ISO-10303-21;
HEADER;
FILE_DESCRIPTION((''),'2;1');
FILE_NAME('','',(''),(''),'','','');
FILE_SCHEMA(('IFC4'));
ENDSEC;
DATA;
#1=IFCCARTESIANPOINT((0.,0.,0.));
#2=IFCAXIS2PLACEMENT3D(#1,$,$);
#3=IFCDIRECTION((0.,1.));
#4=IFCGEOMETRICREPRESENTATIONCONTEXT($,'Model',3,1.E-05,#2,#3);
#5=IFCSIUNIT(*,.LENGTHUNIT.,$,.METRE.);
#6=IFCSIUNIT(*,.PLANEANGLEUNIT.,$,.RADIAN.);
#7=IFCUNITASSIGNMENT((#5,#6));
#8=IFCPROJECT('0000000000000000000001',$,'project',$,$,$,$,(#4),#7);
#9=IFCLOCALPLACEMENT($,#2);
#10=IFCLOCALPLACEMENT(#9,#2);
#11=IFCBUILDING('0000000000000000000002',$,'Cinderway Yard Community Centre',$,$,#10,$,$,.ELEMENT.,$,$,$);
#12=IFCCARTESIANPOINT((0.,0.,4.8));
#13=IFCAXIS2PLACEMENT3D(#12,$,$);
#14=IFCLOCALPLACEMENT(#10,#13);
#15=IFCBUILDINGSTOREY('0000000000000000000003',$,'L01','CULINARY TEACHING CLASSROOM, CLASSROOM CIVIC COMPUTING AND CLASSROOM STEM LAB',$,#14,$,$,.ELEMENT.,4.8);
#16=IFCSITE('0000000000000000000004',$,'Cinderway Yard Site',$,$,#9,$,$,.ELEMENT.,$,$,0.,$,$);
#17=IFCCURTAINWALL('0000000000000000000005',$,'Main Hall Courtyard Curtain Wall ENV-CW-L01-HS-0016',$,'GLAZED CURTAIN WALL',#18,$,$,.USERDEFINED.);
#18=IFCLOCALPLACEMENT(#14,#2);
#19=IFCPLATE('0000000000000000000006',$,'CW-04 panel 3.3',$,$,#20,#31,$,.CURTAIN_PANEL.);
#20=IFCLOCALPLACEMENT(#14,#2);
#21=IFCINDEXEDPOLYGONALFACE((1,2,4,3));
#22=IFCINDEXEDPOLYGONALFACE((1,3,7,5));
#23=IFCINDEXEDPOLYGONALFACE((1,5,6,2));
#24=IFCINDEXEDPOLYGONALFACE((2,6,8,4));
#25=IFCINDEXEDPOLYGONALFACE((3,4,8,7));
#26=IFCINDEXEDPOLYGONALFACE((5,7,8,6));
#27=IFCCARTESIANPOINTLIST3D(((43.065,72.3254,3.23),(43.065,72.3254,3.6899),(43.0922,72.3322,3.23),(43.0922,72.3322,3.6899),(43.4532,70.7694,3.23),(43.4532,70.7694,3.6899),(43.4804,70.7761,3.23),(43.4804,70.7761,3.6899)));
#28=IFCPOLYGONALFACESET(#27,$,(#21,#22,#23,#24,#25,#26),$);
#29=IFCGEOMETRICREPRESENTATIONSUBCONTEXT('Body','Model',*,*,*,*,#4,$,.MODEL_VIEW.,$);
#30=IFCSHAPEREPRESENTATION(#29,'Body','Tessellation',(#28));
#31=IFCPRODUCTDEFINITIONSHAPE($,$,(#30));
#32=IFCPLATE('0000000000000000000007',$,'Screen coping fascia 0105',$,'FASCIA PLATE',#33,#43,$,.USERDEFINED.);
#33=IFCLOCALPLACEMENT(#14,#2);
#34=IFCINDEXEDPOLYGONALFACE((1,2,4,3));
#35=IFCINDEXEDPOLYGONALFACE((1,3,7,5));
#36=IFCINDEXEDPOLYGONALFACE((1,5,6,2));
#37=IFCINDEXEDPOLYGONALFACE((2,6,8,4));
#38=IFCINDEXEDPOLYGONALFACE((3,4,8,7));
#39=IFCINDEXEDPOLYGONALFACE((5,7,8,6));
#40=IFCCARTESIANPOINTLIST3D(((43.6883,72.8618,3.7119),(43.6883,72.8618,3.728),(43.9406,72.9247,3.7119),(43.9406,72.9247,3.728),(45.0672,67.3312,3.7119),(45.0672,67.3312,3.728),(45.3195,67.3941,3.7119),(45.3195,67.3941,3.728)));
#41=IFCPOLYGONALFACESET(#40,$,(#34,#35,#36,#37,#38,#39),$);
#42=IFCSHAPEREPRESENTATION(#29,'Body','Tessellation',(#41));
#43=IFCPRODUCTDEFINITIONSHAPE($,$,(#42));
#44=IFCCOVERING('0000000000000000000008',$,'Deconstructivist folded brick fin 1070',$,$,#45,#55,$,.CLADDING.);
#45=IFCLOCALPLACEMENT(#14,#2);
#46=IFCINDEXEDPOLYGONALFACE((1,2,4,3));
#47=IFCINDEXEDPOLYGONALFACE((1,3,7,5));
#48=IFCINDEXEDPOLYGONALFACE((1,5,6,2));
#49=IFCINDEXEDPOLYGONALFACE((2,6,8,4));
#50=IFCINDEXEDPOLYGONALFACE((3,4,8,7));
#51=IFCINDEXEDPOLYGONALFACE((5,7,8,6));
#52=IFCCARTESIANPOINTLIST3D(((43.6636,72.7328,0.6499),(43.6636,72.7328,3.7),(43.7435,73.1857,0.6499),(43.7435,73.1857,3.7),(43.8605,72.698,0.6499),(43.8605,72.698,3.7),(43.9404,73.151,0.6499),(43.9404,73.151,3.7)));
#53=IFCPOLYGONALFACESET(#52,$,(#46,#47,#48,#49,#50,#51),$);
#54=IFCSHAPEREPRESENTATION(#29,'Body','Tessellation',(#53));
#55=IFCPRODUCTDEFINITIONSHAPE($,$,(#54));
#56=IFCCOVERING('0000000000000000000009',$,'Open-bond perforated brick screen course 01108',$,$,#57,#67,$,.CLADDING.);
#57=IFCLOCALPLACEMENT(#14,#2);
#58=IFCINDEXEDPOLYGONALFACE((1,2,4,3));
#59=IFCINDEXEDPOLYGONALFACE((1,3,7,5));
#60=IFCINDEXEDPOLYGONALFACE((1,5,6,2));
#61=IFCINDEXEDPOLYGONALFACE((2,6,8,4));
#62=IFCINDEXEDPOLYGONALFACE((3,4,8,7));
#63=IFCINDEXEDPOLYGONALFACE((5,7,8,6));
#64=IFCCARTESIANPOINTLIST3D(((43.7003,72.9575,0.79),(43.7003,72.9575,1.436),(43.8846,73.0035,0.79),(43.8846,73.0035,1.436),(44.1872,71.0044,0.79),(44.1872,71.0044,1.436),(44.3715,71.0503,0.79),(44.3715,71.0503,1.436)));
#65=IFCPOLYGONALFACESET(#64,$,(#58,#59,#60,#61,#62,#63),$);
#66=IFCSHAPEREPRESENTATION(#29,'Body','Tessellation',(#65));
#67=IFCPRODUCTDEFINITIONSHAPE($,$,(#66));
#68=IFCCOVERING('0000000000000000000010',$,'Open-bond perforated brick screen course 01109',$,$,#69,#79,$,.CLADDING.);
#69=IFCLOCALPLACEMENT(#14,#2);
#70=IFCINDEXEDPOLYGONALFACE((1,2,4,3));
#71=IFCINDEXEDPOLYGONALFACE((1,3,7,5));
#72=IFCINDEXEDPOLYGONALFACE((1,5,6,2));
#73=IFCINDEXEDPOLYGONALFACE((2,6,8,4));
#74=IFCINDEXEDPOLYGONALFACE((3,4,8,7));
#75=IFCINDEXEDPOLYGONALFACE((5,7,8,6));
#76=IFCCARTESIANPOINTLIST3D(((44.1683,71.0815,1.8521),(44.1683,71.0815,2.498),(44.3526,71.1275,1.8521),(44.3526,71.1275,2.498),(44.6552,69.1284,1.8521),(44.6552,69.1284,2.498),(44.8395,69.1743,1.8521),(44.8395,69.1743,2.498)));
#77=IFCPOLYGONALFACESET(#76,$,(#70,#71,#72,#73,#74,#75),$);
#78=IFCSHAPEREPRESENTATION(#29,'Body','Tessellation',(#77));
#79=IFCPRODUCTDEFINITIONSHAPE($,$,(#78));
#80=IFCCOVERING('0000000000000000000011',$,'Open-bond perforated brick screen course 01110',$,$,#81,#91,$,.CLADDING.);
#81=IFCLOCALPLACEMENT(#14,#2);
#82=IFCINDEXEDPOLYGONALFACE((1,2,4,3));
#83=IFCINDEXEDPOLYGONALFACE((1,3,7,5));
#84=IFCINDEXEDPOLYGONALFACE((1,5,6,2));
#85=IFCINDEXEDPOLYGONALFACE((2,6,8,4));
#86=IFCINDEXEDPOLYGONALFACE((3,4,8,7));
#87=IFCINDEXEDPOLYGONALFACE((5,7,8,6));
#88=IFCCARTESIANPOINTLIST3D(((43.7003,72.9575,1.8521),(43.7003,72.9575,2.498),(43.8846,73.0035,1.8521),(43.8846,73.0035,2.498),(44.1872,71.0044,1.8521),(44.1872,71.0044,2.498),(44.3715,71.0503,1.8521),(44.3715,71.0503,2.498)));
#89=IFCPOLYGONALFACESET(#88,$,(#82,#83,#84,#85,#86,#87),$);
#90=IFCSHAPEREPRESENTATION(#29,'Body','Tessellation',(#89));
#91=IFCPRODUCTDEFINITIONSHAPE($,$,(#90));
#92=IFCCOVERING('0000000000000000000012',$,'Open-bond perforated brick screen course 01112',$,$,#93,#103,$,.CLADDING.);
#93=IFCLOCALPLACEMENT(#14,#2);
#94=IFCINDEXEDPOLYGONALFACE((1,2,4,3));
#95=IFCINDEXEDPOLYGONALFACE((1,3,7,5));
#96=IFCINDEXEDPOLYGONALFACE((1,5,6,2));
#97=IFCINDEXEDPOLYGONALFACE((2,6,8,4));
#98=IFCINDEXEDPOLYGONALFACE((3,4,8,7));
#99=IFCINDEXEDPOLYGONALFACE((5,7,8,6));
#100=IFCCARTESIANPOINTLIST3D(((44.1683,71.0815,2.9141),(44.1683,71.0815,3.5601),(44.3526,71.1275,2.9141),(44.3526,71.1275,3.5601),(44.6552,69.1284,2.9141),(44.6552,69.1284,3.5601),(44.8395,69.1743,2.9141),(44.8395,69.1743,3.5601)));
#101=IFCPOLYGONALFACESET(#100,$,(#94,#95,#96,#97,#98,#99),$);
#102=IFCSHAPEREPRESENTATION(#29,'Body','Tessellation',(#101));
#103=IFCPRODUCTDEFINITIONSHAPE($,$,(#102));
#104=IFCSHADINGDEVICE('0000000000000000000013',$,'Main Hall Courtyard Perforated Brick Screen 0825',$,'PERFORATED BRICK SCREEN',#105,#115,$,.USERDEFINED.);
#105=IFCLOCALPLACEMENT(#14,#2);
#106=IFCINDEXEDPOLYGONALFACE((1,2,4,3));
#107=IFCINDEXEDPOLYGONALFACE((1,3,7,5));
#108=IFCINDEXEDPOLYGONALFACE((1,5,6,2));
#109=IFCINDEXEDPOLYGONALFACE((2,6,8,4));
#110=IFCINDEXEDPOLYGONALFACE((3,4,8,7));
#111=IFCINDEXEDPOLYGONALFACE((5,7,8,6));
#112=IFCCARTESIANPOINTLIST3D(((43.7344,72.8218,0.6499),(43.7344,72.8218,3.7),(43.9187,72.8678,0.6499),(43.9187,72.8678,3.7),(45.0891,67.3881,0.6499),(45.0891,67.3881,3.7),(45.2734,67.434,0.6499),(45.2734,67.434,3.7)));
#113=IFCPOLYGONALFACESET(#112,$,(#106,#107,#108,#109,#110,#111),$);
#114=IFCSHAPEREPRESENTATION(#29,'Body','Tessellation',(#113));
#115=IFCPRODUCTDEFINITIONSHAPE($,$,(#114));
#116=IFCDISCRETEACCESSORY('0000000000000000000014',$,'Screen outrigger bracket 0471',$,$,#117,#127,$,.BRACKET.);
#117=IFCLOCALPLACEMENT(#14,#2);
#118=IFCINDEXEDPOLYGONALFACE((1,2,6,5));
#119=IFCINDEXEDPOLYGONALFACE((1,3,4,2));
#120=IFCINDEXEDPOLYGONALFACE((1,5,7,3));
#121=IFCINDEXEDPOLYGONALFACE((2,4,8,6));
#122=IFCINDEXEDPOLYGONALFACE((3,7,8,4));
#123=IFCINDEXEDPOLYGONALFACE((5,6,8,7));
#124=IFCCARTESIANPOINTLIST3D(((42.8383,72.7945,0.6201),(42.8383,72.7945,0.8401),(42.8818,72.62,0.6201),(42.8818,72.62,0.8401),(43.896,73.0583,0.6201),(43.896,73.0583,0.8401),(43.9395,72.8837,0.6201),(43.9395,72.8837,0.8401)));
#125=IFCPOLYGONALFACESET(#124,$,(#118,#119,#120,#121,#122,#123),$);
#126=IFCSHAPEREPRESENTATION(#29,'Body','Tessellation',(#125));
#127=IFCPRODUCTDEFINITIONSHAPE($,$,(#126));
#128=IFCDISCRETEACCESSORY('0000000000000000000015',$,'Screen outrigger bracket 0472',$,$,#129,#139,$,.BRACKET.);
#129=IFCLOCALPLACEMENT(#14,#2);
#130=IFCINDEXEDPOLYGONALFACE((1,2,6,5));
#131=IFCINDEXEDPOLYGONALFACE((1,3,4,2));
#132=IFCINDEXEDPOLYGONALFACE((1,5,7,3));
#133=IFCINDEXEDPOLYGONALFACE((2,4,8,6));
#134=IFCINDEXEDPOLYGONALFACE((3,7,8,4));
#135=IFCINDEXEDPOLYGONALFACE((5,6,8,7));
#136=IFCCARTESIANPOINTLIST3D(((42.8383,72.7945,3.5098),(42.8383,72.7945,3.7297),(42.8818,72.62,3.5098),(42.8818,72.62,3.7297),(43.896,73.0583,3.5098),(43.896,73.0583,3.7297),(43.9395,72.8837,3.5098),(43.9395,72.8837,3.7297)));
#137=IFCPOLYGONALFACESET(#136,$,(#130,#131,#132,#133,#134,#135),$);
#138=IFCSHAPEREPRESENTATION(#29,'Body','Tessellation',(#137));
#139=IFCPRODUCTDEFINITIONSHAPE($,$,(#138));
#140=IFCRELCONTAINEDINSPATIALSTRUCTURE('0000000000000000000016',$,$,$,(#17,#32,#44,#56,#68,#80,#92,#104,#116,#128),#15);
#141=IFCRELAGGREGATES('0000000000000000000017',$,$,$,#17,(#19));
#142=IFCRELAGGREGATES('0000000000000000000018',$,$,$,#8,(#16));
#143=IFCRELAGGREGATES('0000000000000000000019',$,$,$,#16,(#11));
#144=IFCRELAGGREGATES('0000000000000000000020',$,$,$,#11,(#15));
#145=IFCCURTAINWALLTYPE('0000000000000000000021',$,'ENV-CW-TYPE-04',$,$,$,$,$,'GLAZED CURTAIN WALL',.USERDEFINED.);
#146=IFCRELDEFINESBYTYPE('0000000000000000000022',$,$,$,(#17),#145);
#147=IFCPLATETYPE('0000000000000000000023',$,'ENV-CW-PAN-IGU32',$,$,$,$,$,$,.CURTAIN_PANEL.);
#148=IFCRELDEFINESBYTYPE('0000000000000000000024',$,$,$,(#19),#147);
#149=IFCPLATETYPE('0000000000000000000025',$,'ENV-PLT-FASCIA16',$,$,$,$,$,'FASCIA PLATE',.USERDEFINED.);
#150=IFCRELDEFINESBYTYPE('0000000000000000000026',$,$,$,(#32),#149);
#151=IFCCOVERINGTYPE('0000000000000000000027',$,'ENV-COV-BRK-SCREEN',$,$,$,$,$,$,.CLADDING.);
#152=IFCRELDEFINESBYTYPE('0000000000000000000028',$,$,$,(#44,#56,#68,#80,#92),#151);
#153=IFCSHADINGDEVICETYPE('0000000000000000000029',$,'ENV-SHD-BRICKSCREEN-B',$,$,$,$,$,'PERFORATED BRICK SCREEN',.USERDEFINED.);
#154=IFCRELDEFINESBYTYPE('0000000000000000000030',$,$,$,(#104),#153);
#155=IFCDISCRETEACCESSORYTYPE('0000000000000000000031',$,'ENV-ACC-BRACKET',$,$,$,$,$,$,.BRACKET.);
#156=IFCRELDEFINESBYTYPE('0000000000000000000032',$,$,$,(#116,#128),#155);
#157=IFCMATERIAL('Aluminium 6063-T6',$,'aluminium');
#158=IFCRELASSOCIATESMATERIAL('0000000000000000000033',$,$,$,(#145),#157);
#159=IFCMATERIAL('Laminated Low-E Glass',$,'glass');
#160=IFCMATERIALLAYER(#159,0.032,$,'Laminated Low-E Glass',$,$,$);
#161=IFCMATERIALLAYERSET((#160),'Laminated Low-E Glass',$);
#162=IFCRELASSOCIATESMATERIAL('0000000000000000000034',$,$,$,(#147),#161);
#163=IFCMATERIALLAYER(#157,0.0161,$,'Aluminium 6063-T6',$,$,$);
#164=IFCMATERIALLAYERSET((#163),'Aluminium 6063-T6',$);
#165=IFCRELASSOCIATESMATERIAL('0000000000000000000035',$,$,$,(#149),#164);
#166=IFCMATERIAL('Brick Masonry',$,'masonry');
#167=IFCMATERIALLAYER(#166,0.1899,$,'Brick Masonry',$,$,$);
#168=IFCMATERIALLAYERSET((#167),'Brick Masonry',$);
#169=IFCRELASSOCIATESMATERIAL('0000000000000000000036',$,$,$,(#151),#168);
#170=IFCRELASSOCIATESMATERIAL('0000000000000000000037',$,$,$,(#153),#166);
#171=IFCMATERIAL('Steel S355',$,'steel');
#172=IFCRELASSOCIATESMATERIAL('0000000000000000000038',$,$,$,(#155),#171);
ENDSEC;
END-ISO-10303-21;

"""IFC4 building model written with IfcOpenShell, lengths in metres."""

from ifc_helpers import new_model, si_unit, direction, frame, origin, origin_2d, place, context, subcontext, project, spatial, rectangle, extrude, material, layer, layer_set, type_object, element, aggregate, save


model = new_model("IFC4")

# Units and contexts
model_context = context("Model", 3, precision=1e-05, world=origin(), true_north=direction((0.0, 1.0)))
body_context = subcontext(model_context, "Body", "Model", "MODEL_VIEW")
ifc_project = project(units=[si_unit("LENGTHUNIT", "METRE"), si_unit("PLANEANGLEUNIT", "RADIAN")], contexts=[model_context])

# Site, building, storey
site_placement = place(None, origin())
site = spatial("IfcSite", under=ifc_project, at=site_placement, Name="Cinderway Yard Site", CompositionType="ELEMENT", RefElevation=0.0)
building_placement = place(site_placement, origin())
building = spatial("IfcBuilding", under=site, at=building_placement, Name="Cinderway Yard Community Centre", CompositionType="ELEMENT")
storey_placement = place(building_placement, frame((0.0, 0.0, 4.8)))
storey = spatial("IfcBuildingStorey", under=building, at=storey_placement, Name="L01", Description="CULINARY TEACHING CLASSROOM, CLASSROOM CIVIC COMPUTING AND CLASSROOM STEM LAB", CompositionType="ELEMENT", Elevation=4.8)

# Curtain wall
ifc_material_1 = material(Name="Aluminium 6063-T6", Category="aluminium")
curtain_wall_type = type_object("IfcCurtainWallType", Name="ENV-CW-TYPE-04", ElementType="GLAZED CURTAIN WALL", PredefinedType="USERDEFINED", material=ifc_material_1)
curtain_wall_placement = place(storey_placement, origin())
curtain_wall = element("IfcCurtainWall", 1, at=curtain_wall_placement, inside=storey, type_object=curtain_wall_type, Name="Main Hall Courtyard Curtain Wall ENV-CW-L01-HS-0016", ObjectType="GLAZED CURTAIN WALL", PredefinedType="USERDEFINED")

# Shared definitions
ifc_material_2 = material(Name="Steel S355", Category="steel")

# Plates
ifc_material_3 = material(Name="Laminated Low-E Glass", Category="glass")
ifc_layer_1 = layer(ifc_material_3, 0.032, Name="Laminated Low-E Glass")
ifc_layer_set_1 = layer_set([ifc_layer_1], Name="Laminated Low-E Glass")
plate_type_1 = type_object("IfcPlateType", Name="ENV-CW-PAN-IGU32", PredefinedType="CURTAIN_PANEL", material=ifc_layer_set_1)
plate_1_placement = place(storey_placement, frame((43.2727, 71.5508, 3.23), z_axis=(0.0, 0.0, 1.0), x_axis=(-0.242073, 0.970258, 0.0)))
plate_1 = element("IfcPlate", 2, at=plate_1_placement, type_object=plate_type_1, Name="CW-04 panel 3.3", PredefinedType="CURTAIN_PANEL", context=body_context, shape_type="SweptSolid", body=[
    extrude(rectangle(XDim=1.6038, YDim=0.0281, at=origin_2d()), origin(), (0.0, 0.0, 1.0), 0.46),
])
aggregate(curtain_wall, [plate_1])
ifc_layer_2 = layer(ifc_material_1, 0.0161, Name="Aluminium 6063-T6")
ifc_layer_set_2 = layer_set([ifc_layer_2], Name="Aluminium 6063-T6")
plate_type_2 = type_object("IfcPlateType", Name="ENV-PLT-FASCIA16", ElementType="FASCIA PLATE", PredefinedType="USERDEFINED", material=ifc_layer_set_2)
plate_2_placement = place(storey_placement, frame((44.5039, 70.1279, 3.7119), z_axis=(0.0, 0.0, 1.0), x_axis=(0.241922, -0.970296, 0.0)))
element("IfcPlate", 3, at=plate_2_placement, inside=storey, type_object=plate_type_2, Name="Screen coping fascia 0105", ObjectType="FASCIA PLATE", PredefinedType="USERDEFINED", context=body_context, shape_type="SweptSolid", body=[
    extrude(rectangle(XDim=5.7, YDim=0.26, at=origin_2d()), origin(), (0.0, 0.0, 1.0), 0.0161),
])

# Coverings
ifc_material_4 = material(Name="Brick Masonry", Category="masonry")
ifc_layer_3 = layer(ifc_material_4, 0.1899, Name="Brick Masonry")
ifc_layer_set_3 = layer_set([ifc_layer_3], Name="Brick Masonry")
covering_type = type_object("IfcCoveringType", Name="ENV-COV-BRK-SCREEN", PredefinedType="CLADDING", material=ifc_layer_set_3)
covering_placement = place(storey_placement, frame((43.802, 72.9419, 0.6499), z_axis=(0.0, 0.0, 1.0), x_axis=(-0.173648, -0.984808, 0.0)))
element("IfcCovering", 4, at=covering_placement, inside=storey, type_object=covering_type, Name="Deconstructivist folded brick fin 1070", PredefinedType="CLADDING", context=body_context, shape_type="SweptSolid", body=[
    extrude(rectangle(XDim=0.46, YDim=0.2, at=origin_2d()), origin(), (0.0, 0.0, 1.0), 3.05),
])
for number, where, z_axis, x_axis, name in (
    (5, (44.0359, 72.0039, 0.79), (0.0, 0.0, 1.0), (0.241922, -0.970296, 0.0), "Open-bond perforated brick screen course 01108"),
    (6, (44.5039, 70.1279, 1.8521), (0.0, 0.0, 1.0), (0.241922, -0.970296, 0.0), "Open-bond perforated brick screen course 01109"),
    (7, (44.0359, 72.0039, 1.8521), (0.0, 0.0, 1.0), (0.241922, -0.970296, 0.0), "Open-bond perforated brick screen course 01110"),
    (8, (44.5039, 70.1279, 2.9141), (0.0, 0.0, 1.0), (0.241922, -0.970296, 0.0), "Open-bond perforated brick screen course 01112"),
):
    element("IfcCovering", number, at=place(storey_placement, frame(where, z_axis=z_axis, x_axis=x_axis)), inside=storey, type_object=covering_type, Name=name, PredefinedType="CLADDING", context=body_context, shape_type="SweptSolid", body=[
        extrude(rectangle(XDim=2.0129, YDim=0.1899, at=origin_2d()), origin(), (0.0, 0.0, 1.0), 0.646),
    ])

# Shading device
shading_device_type = type_object("IfcShadingDeviceType", Name="ENV-SHD-BRICKSCREEN-B", ElementType="PERFORATED BRICK SCREEN", PredefinedType="USERDEFINED", material=ifc_material_4)
shading_device_placement = place(storey_placement, frame((44.5039, 70.1279, 0.6499), z_axis=(0.0, 0.0, 1.0), x_axis=(0.241922, -0.970296, 0.0)))
element("IfcShadingDevice", 9, at=shading_device_placement, inside=storey, type_object=shading_device_type, Name="Main Hall Courtyard Perforated Brick Screen 0825", ObjectType="PERFORATED BRICK SCREEN", PredefinedType="USERDEFINED", context=body_context, shape_type="SweptSolid", body=[
    extrude(rectangle(XDim=5.6001, YDim=0.1899, at=origin_2d()), origin(), (0.0, 0.0, 1.0), 3.05),
])

# Discrete accessories
discrete_accessory_type = type_object("IfcDiscreteAccessoryType", Name="ENV-ACC-BRACKET", PredefinedType="BRACKET", material=ifc_material_2)
for number, where, z_axis, x_axis, name in (
    (10, (43.3889, 72.8391, 0.6201), (0.0, 0.0, 1.0), (0.970296, 0.241922, 0.0), "Screen outrigger bracket 0471"),
    (11, (43.3889, 72.8391, 3.5098), (0.0, 0.0, 1.0), (0.970296, 0.241922, 0.0), "Screen outrigger bracket 0472"),
):
    element("IfcDiscreteAccessory", number, at=place(storey_placement, frame(where, z_axis=z_axis, x_axis=x_axis)), inside=storey, type_object=discrete_accessory_type, Name=name, PredefinedType="BRACKET", context=body_context, shape_type="SweptSolid", body=[
        extrude(rectangle(XDim=1.0901, YDim=0.1799, at=origin_2d()), origin(), (0.0, 0.0, 1.0), 0.22),
    ])

save(model, "model.ifc")
